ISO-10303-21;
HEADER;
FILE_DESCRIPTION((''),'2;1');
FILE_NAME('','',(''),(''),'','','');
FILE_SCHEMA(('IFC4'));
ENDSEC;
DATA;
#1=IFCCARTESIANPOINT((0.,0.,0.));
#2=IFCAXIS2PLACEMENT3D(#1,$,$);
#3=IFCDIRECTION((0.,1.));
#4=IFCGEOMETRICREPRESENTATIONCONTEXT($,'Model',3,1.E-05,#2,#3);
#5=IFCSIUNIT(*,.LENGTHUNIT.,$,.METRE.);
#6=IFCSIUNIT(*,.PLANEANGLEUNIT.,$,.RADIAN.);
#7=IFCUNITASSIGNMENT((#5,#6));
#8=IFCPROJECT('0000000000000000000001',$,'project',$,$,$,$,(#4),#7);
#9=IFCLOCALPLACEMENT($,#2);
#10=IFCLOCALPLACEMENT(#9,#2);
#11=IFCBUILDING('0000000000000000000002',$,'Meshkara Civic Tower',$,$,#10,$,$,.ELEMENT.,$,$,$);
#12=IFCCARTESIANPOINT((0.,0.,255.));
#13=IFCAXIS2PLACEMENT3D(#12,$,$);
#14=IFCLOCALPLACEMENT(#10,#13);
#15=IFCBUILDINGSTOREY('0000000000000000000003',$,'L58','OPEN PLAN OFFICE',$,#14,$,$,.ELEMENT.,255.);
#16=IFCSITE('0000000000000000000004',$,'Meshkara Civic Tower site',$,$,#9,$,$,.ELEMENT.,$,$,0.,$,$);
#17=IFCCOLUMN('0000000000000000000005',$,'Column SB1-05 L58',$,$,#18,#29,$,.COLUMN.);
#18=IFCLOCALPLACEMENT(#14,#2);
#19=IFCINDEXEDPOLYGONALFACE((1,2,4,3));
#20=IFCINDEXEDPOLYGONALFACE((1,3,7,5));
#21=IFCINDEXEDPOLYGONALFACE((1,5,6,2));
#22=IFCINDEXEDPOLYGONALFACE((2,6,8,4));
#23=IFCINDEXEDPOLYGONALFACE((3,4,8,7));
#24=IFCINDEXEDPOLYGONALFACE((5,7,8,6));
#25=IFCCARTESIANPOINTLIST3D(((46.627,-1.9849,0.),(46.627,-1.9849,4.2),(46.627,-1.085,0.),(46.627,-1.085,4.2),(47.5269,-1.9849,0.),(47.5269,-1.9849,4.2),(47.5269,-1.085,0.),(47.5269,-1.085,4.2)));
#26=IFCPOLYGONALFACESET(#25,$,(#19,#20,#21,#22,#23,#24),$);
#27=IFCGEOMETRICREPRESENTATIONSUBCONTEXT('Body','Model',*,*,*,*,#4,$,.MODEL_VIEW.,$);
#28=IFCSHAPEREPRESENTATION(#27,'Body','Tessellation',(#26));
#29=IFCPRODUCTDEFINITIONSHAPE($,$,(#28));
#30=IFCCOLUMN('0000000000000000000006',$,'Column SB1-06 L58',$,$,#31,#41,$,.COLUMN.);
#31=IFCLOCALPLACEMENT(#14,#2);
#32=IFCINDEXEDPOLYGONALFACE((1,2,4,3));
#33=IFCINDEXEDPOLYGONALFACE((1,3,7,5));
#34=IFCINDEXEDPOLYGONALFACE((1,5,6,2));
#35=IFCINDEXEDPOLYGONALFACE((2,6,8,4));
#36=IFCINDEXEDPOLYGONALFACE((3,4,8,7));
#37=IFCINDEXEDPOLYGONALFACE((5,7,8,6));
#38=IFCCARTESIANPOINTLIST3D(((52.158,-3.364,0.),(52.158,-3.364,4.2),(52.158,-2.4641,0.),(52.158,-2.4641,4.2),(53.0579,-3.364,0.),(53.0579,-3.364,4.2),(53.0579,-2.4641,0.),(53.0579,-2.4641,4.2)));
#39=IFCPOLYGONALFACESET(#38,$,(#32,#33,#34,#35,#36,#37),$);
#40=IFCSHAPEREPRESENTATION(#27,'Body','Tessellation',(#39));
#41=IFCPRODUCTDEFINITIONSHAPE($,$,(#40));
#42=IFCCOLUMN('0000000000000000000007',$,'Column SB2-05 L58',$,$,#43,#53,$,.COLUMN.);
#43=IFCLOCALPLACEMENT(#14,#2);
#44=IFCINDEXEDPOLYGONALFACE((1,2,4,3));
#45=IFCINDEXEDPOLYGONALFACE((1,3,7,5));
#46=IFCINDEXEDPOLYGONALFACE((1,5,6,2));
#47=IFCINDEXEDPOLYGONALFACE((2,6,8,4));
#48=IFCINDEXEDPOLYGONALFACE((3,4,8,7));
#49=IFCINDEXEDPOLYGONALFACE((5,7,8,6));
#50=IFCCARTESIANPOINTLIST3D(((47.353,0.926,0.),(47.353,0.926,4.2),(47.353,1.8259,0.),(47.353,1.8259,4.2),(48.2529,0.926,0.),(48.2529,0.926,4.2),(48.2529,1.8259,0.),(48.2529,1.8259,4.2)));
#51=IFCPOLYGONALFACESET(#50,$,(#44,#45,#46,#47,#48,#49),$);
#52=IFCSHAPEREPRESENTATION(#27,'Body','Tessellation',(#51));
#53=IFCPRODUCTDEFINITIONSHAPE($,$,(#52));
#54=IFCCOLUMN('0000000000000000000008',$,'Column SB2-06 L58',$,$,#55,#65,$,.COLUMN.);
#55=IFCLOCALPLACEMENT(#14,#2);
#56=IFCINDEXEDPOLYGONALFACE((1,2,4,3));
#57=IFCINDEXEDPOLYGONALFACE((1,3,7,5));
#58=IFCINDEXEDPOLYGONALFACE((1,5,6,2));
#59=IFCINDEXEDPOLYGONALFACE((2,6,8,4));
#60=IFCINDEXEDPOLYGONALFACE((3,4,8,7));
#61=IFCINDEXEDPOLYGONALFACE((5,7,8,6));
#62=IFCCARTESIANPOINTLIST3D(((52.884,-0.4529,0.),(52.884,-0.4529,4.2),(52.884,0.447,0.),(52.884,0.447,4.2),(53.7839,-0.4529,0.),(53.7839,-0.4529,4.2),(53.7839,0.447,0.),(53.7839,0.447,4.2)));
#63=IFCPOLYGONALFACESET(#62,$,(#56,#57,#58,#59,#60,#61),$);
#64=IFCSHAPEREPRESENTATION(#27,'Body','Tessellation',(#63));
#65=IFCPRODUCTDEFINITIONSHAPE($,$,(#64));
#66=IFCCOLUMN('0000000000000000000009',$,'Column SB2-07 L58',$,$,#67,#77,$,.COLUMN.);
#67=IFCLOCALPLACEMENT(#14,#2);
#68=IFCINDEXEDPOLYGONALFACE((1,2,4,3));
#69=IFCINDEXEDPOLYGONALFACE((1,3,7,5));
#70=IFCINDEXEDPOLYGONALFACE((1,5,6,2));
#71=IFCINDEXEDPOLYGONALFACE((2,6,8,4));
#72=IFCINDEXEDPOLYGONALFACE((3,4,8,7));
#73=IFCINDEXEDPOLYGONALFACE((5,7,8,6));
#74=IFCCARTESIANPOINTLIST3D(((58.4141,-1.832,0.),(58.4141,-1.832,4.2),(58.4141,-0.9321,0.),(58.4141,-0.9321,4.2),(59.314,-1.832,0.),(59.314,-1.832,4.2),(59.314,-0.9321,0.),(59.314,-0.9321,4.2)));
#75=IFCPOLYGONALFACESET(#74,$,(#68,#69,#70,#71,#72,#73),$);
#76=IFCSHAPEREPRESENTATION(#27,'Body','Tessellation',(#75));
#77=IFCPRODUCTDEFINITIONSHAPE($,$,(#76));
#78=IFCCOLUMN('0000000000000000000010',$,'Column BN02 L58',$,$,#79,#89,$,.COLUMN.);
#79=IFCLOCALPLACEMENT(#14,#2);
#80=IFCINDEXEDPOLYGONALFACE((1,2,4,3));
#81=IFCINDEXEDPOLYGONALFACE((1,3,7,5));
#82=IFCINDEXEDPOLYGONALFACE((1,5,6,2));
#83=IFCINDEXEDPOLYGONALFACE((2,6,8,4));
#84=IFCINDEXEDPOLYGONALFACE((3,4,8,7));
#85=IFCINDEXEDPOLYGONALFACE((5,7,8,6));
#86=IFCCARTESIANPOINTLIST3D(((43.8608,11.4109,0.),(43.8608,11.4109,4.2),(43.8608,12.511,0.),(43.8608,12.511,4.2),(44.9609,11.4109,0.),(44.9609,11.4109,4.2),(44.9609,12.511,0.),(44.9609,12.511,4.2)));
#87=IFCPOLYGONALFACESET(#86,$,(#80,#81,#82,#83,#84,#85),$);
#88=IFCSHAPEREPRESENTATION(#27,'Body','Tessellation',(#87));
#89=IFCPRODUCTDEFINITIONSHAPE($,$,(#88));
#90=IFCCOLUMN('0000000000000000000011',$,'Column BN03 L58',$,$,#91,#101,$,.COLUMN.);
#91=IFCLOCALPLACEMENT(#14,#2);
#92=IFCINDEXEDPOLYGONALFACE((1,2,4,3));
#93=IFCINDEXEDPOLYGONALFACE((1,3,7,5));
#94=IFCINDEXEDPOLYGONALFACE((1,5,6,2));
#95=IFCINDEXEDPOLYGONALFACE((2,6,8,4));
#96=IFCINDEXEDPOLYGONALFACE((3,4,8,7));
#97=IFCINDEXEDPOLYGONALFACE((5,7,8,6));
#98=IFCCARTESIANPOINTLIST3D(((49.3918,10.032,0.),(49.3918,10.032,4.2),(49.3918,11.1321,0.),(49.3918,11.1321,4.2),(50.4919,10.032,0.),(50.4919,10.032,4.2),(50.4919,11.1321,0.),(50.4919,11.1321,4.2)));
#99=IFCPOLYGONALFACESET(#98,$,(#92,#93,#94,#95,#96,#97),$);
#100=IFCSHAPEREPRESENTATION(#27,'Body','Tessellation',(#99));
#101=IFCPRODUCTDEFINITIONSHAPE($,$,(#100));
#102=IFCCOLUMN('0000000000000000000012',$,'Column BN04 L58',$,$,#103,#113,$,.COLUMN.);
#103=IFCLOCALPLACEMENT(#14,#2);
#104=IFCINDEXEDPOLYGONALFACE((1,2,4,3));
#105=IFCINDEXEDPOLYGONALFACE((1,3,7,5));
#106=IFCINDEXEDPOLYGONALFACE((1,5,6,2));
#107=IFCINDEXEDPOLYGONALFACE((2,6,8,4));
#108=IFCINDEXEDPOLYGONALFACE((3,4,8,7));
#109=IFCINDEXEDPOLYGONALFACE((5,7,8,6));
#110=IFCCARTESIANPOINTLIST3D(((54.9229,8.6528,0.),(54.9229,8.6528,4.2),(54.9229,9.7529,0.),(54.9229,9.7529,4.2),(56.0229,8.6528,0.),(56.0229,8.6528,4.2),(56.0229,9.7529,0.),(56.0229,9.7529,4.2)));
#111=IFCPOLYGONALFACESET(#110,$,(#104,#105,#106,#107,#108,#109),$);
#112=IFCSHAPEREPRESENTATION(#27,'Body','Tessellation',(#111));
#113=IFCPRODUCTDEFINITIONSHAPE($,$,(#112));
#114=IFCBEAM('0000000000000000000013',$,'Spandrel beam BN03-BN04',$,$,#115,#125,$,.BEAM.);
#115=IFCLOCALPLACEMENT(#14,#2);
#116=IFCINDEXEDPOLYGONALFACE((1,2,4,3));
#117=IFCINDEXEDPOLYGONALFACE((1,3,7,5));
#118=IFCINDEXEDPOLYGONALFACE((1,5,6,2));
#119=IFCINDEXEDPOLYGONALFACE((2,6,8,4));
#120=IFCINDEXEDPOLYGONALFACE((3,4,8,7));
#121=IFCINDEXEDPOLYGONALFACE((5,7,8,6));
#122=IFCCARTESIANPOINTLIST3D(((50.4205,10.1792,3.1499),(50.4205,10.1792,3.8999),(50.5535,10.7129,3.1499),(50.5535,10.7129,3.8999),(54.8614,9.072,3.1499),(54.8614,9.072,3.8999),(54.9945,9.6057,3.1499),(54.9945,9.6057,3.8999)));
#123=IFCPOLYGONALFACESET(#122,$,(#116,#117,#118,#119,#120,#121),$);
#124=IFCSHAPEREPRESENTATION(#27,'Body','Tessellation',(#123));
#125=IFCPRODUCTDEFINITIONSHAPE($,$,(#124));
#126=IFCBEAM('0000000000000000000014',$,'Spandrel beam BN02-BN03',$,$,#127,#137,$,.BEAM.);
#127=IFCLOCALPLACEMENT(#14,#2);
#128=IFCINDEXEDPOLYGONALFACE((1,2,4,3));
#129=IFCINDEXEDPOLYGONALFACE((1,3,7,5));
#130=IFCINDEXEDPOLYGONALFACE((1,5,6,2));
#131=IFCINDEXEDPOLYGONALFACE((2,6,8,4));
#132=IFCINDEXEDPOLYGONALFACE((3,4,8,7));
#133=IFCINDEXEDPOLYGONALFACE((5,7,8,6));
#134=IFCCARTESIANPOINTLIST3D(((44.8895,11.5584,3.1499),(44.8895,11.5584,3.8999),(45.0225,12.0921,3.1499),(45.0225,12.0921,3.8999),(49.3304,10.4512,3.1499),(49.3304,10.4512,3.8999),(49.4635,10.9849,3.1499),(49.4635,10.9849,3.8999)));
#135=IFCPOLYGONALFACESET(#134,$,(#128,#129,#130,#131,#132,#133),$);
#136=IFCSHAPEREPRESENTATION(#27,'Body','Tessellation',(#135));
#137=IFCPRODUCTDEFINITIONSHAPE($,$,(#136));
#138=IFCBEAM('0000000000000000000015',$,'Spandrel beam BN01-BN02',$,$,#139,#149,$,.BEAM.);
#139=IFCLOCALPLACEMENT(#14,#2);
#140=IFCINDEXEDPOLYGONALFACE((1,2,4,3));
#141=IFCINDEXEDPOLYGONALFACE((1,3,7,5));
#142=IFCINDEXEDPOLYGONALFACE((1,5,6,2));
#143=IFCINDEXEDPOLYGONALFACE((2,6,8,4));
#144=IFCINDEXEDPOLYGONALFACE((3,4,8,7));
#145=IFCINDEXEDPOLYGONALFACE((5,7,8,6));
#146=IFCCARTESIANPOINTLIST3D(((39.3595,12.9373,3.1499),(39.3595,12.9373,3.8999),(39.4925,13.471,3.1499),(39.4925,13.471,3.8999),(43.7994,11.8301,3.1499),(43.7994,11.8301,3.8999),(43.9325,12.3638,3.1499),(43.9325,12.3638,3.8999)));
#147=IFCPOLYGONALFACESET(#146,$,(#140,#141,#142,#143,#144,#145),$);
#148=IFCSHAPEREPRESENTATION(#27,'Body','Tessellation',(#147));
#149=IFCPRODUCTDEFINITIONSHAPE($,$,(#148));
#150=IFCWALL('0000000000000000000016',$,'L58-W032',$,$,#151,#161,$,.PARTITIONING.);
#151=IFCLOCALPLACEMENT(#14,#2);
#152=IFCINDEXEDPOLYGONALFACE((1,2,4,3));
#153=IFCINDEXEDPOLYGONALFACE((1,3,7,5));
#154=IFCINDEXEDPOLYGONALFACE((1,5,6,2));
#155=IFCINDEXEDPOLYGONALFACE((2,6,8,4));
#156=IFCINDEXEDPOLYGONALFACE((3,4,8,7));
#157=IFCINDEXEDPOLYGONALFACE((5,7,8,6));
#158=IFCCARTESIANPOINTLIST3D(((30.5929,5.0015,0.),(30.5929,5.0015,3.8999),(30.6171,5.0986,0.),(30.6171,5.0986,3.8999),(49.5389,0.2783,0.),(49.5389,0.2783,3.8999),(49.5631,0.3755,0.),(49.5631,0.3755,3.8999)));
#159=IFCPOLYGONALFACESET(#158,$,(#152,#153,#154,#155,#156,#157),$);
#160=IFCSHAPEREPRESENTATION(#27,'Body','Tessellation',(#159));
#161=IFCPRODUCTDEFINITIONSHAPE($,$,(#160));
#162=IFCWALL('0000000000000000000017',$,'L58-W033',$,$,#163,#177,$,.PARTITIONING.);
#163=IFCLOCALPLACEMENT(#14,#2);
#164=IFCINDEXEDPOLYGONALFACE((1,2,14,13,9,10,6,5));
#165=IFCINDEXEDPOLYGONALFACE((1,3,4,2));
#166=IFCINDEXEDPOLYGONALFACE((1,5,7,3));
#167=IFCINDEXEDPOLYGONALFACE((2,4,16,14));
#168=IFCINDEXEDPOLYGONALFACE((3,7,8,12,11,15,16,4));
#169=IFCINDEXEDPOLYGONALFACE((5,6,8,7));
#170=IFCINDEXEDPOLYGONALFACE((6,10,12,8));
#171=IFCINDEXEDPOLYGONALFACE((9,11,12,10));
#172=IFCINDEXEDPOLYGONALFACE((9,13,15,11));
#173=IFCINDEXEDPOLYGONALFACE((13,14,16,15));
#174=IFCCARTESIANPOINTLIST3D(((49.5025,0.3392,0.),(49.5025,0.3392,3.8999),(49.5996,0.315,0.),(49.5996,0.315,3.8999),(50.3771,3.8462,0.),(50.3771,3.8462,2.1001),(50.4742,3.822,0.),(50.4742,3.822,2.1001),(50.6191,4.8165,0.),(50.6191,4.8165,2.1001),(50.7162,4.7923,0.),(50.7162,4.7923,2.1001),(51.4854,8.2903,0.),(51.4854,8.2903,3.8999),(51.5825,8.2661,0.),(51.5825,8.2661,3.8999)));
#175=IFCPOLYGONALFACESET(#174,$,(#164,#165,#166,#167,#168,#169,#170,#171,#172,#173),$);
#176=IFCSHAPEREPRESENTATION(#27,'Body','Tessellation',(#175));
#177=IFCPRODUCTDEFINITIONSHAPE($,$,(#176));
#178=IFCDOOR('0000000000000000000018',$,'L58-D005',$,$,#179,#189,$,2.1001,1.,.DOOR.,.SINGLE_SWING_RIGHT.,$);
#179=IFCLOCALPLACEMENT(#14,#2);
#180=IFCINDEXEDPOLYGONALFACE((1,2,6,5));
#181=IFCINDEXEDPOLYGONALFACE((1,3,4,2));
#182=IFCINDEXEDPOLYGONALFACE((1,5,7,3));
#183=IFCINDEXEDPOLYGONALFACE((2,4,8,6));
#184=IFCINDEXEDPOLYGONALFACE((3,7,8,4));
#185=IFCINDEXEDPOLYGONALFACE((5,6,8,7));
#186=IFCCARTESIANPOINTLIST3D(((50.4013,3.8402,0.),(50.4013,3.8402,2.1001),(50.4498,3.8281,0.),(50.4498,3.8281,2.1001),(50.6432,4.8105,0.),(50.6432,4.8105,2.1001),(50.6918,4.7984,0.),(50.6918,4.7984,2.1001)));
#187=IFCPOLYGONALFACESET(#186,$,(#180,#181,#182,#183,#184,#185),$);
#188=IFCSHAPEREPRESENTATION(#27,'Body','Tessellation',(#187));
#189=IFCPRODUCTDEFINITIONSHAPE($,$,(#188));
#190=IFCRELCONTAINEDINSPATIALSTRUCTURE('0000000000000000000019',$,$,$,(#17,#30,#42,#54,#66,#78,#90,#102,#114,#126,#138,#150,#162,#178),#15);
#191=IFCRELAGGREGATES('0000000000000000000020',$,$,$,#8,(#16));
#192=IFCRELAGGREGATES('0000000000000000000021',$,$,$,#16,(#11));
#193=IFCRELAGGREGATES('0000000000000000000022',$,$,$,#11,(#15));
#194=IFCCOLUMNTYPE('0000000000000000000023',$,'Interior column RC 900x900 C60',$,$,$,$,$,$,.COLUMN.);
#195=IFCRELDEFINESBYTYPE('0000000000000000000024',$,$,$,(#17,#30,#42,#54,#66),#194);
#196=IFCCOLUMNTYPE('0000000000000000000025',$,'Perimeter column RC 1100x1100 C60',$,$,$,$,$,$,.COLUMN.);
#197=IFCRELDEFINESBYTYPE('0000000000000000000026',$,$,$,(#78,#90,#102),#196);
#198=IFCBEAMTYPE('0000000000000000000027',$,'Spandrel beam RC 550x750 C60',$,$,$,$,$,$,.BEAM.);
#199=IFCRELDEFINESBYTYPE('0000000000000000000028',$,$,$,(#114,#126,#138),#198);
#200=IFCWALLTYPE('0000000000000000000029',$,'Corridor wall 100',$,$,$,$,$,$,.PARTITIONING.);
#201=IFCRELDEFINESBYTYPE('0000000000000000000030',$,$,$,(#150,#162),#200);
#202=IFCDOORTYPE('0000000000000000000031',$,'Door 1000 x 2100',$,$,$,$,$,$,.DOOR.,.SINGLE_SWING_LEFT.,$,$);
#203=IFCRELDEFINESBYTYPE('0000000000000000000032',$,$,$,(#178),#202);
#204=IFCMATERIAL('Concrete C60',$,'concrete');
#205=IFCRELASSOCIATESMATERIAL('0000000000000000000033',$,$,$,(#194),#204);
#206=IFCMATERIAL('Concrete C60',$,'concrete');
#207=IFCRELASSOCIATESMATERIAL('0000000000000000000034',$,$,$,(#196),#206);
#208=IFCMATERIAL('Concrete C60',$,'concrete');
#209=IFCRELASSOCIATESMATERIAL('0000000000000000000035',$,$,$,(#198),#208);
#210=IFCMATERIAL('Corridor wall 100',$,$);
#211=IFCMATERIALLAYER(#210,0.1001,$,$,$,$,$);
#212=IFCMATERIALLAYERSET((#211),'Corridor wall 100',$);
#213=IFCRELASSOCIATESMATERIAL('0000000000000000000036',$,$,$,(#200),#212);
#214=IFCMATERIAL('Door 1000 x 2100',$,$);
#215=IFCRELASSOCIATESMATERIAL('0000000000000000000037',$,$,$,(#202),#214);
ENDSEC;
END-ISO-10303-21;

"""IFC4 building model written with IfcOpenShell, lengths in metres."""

from ifc_helpers import new_model, si_unit, direction, frame, frame_2d, origin, origin_2d, place, context, subcontext, project, spatial, rectangle, extrude, material, layer, layer_set, material_profile, profile_set, type_object, element, fill, save


model = new_model("IFC4")

# Units and contexts
model_context = context("Model", 3, precision=1e-05, world=origin(), true_north=direction((0.0, 1.0)))
body_context = subcontext(model_context, "Body", "Model", "MODEL_VIEW")
ifc_project = project(units=[si_unit("LENGTHUNIT", "METRE"), si_unit("PLANEANGLEUNIT", "RADIAN")], contexts=[model_context])

# Site, building, storey
site_placement = place(None, origin())
site = spatial("IfcSite", under=ifc_project, at=site_placement, Name="Meshkara Civic Tower site", CompositionType="ELEMENT", RefElevation=0.0)
building_placement = place(site_placement, origin())
building = spatial("IfcBuilding", under=site, at=building_placement, Name="Meshkara Civic Tower", CompositionType="ELEMENT")
storey_placement = place(building_placement, frame((0.0, 0.0, 255.0)))
storey = spatial("IfcBuildingStorey", under=building, at=storey_placement, Name="L58", Description="OPEN PLAN OFFICE", CompositionType="ELEMENT", Elevation=255.0)

# Columns
ifc_material_1 = material(Name="Concrete C60", Category="concrete")
ifc_material_profile_1 = material_profile(ifc_material_1, rectangle(XDim=0.8999, YDim=0.8999, at=origin_2d()))
ifc_profile_set_1 = profile_set([ifc_material_profile_1], Name="Concrete C60")
column_type_1 = type_object("IfcColumnType", Name="Interior column RC 900x900 C60", PredefinedType="COLUMN", material=ifc_profile_set_1)
for number, where, z_axis, x_axis, name in (
    (1, (47.0769, -1.5349, 0.0), (0.0, 0.0, 1.0), (1.0, 0.0, 0.0), "Column SB1-05 L58"),
    (2, (52.6079, -2.9141, 0.0), (0.0, 0.0, 1.0), (1.0, 0.0, 0.0), "Column SB1-06 L58"),
    (3, (47.803, 1.376, 0.0), (0.0, 0.0, 1.0), (1.0, 0.0, 0.0), "Column SB2-05 L58"),
    (4, (53.334, -0.0029, 0.0), (0.0, 0.0, 1.0), (1.0, 0.0, 0.0), "Column SB2-06 L58"),
    (5, (58.864, -1.3821, 0.0), (0.0, 0.0, 1.0), (1.0, 0.0, 0.0), "Column SB2-07 L58"),
):
    element("IfcColumn", number, at=place(storey_placement, frame(where, z_axis=z_axis, x_axis=x_axis)), inside=storey, type_object=column_type_1, Name=name, PredefinedType="COLUMN", context=body_context, shape_type="SweptSolid", body=[
        extrude(rectangle(XDim=0.8999, YDim=0.8999, at=origin_2d()), origin(), (0.0, 0.0, 1.0), 4.2),
    ])
ifc_material_2 = material(Name="Concrete C60", Category="concrete")
ifc_material_profile_2 = material_profile(ifc_material_2, rectangle(XDim=1.1001, YDim=1.1001, at=origin_2d()))
ifc_profile_set_2 = profile_set([ifc_material_profile_2], Name="Concrete C60")
column_type_2 = type_object("IfcColumnType", Name="Perimeter column RC 1100x1100 C60", PredefinedType="COLUMN", material=ifc_profile_set_2)
for number, where, z_axis, x_axis, name in (
    (6, (44.4109, 11.9609, 0.0), (0.0, 0.0, 1.0), (1.0, 0.0, 0.0), "Column BN02 L58"),
    (7, (49.9419, 10.582, 0.0), (0.0, 0.0, 1.0), (1.0, 0.0, 0.0), "Column BN03 L58"),
    (8, (55.4729, 9.2029, 0.0), (0.0, 0.0, 1.0), (1.0, 0.0, 0.0), "Column BN04 L58"),
):
    element("IfcColumn", number, at=place(storey_placement, frame(where, z_axis=z_axis, x_axis=x_axis)), inside=storey, type_object=column_type_2, Name=name, PredefinedType="COLUMN", context=body_context, shape_type="SweptSolid", body=[
        extrude(rectangle(XDim=1.1001, YDim=1.1001, at=origin_2d()), origin(), (0.0, 0.0, 1.0), 4.2),
    ])

# Beams
ifc_material_3 = material(Name="Concrete C60", Category="concrete")
ifc_material_profile_3 = material_profile(ifc_material_3, rectangle(XDim=0.55, YDim=0.75, at=origin_2d()))
ifc_profile_set_3 = profile_set([ifc_material_profile_3], Name="Concrete C60")
beam_type = type_object("IfcBeamType", Name="Spandrel beam RC 550x750 C60", PredefinedType="BEAM", material=ifc_profile_set_3)
for number, where, z_axis, x_axis, name in (
    (9, (54.928, 9.3389, 3.5249), (-0.970299, 0.241908, 0.0), (-0.241908, -0.970299, 0.0), "Spandrel beam BN03-BN04"),
    (10, (49.397, 10.718, 3.5249), (-0.970299, 0.241908, 0.0), (-0.241908, -0.970299, 0.0), "Spandrel beam BN02-BN03"),
):
    element("IfcBeam", number, at=place(storey_placement, frame(where, z_axis=z_axis, x_axis=x_axis)), inside=storey, type_object=beam_type, Name=name, PredefinedType="BEAM", context=body_context, shape_type="SweptSolid", body=[
        extrude(rectangle(XDim=0.55, YDim=0.75, at=origin_2d()), origin(), (0.0, 0.0, 1.0), 4.5769),
    ])
beam_placement = place(storey_placement, frame((43.866, 12.0969, 3.5249), z_axis=(-0.970287, 0.241958, 0.0), x_axis=(-0.241958, -0.970287, 0.0)))
element("IfcBeam", 11, at=beam_placement, inside=storey, type_object=beam_type, Name="Spandrel beam BN01-BN02", PredefinedType="BEAM", context=body_context, shape_type="SweptSolid", body=[
    extrude(rectangle(XDim=0.55, YDim=0.75, at=origin_2d()), origin(), (0.0, 0.0, 1.0), 4.5759),
])

# Wall
ifc_material_4 = material(Name="Corridor wall 100")
ifc_layer_1 = layer(ifc_material_4, 0.1001)
ifc_layer_set_1 = layer_set([ifc_layer_1], Name="Corridor wall 100")
wall_type_1 = type_object("IfcWallType", Name="Corridor wall 100", PredefinedType="PARTITIONING", material=ifc_layer_set_1)
wall_1_placement = place(storey_placement, frame((49.551, 0.3269, 0.0), z_axis=(0.0, 0.0, 1.0), x_axis=(-0.970303, 0.241891, 0.0)))
element("IfcWall", 12, at=wall_1_placement, inside=storey, type_object=wall_type_1, Name="L58-W032", PredefinedType="PARTITIONING", context=body_context, shape_type="SweptSolid", body=[
    extrude(rectangle(XDim=19.5259, YDim=0.1001, at=frame_2d((9.7629, 0.0))), origin(), (0.0, 0.0, 1.0), 3.8999),
])

# Wall, opening, door
wall_2_placement = place(storey_placement, frame((51.5339, 8.2781, 0.0), z_axis=(0.0, 0.0, 1.0), x_axis=(-0.241975, -0.970283, 0.0)))
wall_2 = element("IfcWall", 13, at=wall_2_placement, inside=storey, type_object=wall_type_1, Name="L58-W033", PredefinedType="PARTITIONING", context=body_context, shape_type="SweptSolid", body=[
    extrude(rectangle(XDim=8.1946, YDim=0.1001, at=frame_2d((4.0972, 0.0))), origin(), (0.0, 0.0, 1.0), 3.8999),
])
opening_1_placement = place(wall_2_placement, frame((3.5801, 0.0, 0.0)))
opening_1 = element("IfcOpeningElement", 14, at=opening_1_placement, cuts=wall_2, PredefinedType="OPENING", context=body_context, shape_type="SweptSolid", body=[
    extrude(rectangle(XDim=1.0, YDim=2.1001, at=frame_2d((0.5, 1.05))), frame((0.0, 0.0601, 0.0), z_axis=(0.0, -1.0, 0.0), x_axis=(1.0, 0.0, 0.0)), (0.0, 0.0, 1.0), 0.1201),
])
ifc_material_5 = material(Name="Door 1000 x 2100")
door_type = type_object("IfcDoorType", Name="Door 1000 x 2100", OperationType="SINGLE_SWING_LEFT", PredefinedType="DOOR", material=ifc_material_5)
door_1_placement = place(opening_1_placement, origin())
door_1 = element("IfcDoor", 15, at=door_1_placement, inside=storey, type_object=door_type, Name="L58-D005", OperationType="SINGLE_SWING_RIGHT", OverallHeight=2.1001, OverallWidth=1.0, PredefinedType="DOOR", context=body_context, shape_type="SweptSolid", body=[
    extrude(rectangle(XDim=1.0, YDim=2.1001, at=frame_2d((0.5, 1.05))), frame((0.0, 0.0249, 0.0), z_axis=(0.0, -1.0, 0.0), x_axis=(1.0, 0.0, 0.0)), (0.0, 0.0, 1.0), 0.05),
])
fill(opening_1, door_1)

save(model, "model.ifc")
